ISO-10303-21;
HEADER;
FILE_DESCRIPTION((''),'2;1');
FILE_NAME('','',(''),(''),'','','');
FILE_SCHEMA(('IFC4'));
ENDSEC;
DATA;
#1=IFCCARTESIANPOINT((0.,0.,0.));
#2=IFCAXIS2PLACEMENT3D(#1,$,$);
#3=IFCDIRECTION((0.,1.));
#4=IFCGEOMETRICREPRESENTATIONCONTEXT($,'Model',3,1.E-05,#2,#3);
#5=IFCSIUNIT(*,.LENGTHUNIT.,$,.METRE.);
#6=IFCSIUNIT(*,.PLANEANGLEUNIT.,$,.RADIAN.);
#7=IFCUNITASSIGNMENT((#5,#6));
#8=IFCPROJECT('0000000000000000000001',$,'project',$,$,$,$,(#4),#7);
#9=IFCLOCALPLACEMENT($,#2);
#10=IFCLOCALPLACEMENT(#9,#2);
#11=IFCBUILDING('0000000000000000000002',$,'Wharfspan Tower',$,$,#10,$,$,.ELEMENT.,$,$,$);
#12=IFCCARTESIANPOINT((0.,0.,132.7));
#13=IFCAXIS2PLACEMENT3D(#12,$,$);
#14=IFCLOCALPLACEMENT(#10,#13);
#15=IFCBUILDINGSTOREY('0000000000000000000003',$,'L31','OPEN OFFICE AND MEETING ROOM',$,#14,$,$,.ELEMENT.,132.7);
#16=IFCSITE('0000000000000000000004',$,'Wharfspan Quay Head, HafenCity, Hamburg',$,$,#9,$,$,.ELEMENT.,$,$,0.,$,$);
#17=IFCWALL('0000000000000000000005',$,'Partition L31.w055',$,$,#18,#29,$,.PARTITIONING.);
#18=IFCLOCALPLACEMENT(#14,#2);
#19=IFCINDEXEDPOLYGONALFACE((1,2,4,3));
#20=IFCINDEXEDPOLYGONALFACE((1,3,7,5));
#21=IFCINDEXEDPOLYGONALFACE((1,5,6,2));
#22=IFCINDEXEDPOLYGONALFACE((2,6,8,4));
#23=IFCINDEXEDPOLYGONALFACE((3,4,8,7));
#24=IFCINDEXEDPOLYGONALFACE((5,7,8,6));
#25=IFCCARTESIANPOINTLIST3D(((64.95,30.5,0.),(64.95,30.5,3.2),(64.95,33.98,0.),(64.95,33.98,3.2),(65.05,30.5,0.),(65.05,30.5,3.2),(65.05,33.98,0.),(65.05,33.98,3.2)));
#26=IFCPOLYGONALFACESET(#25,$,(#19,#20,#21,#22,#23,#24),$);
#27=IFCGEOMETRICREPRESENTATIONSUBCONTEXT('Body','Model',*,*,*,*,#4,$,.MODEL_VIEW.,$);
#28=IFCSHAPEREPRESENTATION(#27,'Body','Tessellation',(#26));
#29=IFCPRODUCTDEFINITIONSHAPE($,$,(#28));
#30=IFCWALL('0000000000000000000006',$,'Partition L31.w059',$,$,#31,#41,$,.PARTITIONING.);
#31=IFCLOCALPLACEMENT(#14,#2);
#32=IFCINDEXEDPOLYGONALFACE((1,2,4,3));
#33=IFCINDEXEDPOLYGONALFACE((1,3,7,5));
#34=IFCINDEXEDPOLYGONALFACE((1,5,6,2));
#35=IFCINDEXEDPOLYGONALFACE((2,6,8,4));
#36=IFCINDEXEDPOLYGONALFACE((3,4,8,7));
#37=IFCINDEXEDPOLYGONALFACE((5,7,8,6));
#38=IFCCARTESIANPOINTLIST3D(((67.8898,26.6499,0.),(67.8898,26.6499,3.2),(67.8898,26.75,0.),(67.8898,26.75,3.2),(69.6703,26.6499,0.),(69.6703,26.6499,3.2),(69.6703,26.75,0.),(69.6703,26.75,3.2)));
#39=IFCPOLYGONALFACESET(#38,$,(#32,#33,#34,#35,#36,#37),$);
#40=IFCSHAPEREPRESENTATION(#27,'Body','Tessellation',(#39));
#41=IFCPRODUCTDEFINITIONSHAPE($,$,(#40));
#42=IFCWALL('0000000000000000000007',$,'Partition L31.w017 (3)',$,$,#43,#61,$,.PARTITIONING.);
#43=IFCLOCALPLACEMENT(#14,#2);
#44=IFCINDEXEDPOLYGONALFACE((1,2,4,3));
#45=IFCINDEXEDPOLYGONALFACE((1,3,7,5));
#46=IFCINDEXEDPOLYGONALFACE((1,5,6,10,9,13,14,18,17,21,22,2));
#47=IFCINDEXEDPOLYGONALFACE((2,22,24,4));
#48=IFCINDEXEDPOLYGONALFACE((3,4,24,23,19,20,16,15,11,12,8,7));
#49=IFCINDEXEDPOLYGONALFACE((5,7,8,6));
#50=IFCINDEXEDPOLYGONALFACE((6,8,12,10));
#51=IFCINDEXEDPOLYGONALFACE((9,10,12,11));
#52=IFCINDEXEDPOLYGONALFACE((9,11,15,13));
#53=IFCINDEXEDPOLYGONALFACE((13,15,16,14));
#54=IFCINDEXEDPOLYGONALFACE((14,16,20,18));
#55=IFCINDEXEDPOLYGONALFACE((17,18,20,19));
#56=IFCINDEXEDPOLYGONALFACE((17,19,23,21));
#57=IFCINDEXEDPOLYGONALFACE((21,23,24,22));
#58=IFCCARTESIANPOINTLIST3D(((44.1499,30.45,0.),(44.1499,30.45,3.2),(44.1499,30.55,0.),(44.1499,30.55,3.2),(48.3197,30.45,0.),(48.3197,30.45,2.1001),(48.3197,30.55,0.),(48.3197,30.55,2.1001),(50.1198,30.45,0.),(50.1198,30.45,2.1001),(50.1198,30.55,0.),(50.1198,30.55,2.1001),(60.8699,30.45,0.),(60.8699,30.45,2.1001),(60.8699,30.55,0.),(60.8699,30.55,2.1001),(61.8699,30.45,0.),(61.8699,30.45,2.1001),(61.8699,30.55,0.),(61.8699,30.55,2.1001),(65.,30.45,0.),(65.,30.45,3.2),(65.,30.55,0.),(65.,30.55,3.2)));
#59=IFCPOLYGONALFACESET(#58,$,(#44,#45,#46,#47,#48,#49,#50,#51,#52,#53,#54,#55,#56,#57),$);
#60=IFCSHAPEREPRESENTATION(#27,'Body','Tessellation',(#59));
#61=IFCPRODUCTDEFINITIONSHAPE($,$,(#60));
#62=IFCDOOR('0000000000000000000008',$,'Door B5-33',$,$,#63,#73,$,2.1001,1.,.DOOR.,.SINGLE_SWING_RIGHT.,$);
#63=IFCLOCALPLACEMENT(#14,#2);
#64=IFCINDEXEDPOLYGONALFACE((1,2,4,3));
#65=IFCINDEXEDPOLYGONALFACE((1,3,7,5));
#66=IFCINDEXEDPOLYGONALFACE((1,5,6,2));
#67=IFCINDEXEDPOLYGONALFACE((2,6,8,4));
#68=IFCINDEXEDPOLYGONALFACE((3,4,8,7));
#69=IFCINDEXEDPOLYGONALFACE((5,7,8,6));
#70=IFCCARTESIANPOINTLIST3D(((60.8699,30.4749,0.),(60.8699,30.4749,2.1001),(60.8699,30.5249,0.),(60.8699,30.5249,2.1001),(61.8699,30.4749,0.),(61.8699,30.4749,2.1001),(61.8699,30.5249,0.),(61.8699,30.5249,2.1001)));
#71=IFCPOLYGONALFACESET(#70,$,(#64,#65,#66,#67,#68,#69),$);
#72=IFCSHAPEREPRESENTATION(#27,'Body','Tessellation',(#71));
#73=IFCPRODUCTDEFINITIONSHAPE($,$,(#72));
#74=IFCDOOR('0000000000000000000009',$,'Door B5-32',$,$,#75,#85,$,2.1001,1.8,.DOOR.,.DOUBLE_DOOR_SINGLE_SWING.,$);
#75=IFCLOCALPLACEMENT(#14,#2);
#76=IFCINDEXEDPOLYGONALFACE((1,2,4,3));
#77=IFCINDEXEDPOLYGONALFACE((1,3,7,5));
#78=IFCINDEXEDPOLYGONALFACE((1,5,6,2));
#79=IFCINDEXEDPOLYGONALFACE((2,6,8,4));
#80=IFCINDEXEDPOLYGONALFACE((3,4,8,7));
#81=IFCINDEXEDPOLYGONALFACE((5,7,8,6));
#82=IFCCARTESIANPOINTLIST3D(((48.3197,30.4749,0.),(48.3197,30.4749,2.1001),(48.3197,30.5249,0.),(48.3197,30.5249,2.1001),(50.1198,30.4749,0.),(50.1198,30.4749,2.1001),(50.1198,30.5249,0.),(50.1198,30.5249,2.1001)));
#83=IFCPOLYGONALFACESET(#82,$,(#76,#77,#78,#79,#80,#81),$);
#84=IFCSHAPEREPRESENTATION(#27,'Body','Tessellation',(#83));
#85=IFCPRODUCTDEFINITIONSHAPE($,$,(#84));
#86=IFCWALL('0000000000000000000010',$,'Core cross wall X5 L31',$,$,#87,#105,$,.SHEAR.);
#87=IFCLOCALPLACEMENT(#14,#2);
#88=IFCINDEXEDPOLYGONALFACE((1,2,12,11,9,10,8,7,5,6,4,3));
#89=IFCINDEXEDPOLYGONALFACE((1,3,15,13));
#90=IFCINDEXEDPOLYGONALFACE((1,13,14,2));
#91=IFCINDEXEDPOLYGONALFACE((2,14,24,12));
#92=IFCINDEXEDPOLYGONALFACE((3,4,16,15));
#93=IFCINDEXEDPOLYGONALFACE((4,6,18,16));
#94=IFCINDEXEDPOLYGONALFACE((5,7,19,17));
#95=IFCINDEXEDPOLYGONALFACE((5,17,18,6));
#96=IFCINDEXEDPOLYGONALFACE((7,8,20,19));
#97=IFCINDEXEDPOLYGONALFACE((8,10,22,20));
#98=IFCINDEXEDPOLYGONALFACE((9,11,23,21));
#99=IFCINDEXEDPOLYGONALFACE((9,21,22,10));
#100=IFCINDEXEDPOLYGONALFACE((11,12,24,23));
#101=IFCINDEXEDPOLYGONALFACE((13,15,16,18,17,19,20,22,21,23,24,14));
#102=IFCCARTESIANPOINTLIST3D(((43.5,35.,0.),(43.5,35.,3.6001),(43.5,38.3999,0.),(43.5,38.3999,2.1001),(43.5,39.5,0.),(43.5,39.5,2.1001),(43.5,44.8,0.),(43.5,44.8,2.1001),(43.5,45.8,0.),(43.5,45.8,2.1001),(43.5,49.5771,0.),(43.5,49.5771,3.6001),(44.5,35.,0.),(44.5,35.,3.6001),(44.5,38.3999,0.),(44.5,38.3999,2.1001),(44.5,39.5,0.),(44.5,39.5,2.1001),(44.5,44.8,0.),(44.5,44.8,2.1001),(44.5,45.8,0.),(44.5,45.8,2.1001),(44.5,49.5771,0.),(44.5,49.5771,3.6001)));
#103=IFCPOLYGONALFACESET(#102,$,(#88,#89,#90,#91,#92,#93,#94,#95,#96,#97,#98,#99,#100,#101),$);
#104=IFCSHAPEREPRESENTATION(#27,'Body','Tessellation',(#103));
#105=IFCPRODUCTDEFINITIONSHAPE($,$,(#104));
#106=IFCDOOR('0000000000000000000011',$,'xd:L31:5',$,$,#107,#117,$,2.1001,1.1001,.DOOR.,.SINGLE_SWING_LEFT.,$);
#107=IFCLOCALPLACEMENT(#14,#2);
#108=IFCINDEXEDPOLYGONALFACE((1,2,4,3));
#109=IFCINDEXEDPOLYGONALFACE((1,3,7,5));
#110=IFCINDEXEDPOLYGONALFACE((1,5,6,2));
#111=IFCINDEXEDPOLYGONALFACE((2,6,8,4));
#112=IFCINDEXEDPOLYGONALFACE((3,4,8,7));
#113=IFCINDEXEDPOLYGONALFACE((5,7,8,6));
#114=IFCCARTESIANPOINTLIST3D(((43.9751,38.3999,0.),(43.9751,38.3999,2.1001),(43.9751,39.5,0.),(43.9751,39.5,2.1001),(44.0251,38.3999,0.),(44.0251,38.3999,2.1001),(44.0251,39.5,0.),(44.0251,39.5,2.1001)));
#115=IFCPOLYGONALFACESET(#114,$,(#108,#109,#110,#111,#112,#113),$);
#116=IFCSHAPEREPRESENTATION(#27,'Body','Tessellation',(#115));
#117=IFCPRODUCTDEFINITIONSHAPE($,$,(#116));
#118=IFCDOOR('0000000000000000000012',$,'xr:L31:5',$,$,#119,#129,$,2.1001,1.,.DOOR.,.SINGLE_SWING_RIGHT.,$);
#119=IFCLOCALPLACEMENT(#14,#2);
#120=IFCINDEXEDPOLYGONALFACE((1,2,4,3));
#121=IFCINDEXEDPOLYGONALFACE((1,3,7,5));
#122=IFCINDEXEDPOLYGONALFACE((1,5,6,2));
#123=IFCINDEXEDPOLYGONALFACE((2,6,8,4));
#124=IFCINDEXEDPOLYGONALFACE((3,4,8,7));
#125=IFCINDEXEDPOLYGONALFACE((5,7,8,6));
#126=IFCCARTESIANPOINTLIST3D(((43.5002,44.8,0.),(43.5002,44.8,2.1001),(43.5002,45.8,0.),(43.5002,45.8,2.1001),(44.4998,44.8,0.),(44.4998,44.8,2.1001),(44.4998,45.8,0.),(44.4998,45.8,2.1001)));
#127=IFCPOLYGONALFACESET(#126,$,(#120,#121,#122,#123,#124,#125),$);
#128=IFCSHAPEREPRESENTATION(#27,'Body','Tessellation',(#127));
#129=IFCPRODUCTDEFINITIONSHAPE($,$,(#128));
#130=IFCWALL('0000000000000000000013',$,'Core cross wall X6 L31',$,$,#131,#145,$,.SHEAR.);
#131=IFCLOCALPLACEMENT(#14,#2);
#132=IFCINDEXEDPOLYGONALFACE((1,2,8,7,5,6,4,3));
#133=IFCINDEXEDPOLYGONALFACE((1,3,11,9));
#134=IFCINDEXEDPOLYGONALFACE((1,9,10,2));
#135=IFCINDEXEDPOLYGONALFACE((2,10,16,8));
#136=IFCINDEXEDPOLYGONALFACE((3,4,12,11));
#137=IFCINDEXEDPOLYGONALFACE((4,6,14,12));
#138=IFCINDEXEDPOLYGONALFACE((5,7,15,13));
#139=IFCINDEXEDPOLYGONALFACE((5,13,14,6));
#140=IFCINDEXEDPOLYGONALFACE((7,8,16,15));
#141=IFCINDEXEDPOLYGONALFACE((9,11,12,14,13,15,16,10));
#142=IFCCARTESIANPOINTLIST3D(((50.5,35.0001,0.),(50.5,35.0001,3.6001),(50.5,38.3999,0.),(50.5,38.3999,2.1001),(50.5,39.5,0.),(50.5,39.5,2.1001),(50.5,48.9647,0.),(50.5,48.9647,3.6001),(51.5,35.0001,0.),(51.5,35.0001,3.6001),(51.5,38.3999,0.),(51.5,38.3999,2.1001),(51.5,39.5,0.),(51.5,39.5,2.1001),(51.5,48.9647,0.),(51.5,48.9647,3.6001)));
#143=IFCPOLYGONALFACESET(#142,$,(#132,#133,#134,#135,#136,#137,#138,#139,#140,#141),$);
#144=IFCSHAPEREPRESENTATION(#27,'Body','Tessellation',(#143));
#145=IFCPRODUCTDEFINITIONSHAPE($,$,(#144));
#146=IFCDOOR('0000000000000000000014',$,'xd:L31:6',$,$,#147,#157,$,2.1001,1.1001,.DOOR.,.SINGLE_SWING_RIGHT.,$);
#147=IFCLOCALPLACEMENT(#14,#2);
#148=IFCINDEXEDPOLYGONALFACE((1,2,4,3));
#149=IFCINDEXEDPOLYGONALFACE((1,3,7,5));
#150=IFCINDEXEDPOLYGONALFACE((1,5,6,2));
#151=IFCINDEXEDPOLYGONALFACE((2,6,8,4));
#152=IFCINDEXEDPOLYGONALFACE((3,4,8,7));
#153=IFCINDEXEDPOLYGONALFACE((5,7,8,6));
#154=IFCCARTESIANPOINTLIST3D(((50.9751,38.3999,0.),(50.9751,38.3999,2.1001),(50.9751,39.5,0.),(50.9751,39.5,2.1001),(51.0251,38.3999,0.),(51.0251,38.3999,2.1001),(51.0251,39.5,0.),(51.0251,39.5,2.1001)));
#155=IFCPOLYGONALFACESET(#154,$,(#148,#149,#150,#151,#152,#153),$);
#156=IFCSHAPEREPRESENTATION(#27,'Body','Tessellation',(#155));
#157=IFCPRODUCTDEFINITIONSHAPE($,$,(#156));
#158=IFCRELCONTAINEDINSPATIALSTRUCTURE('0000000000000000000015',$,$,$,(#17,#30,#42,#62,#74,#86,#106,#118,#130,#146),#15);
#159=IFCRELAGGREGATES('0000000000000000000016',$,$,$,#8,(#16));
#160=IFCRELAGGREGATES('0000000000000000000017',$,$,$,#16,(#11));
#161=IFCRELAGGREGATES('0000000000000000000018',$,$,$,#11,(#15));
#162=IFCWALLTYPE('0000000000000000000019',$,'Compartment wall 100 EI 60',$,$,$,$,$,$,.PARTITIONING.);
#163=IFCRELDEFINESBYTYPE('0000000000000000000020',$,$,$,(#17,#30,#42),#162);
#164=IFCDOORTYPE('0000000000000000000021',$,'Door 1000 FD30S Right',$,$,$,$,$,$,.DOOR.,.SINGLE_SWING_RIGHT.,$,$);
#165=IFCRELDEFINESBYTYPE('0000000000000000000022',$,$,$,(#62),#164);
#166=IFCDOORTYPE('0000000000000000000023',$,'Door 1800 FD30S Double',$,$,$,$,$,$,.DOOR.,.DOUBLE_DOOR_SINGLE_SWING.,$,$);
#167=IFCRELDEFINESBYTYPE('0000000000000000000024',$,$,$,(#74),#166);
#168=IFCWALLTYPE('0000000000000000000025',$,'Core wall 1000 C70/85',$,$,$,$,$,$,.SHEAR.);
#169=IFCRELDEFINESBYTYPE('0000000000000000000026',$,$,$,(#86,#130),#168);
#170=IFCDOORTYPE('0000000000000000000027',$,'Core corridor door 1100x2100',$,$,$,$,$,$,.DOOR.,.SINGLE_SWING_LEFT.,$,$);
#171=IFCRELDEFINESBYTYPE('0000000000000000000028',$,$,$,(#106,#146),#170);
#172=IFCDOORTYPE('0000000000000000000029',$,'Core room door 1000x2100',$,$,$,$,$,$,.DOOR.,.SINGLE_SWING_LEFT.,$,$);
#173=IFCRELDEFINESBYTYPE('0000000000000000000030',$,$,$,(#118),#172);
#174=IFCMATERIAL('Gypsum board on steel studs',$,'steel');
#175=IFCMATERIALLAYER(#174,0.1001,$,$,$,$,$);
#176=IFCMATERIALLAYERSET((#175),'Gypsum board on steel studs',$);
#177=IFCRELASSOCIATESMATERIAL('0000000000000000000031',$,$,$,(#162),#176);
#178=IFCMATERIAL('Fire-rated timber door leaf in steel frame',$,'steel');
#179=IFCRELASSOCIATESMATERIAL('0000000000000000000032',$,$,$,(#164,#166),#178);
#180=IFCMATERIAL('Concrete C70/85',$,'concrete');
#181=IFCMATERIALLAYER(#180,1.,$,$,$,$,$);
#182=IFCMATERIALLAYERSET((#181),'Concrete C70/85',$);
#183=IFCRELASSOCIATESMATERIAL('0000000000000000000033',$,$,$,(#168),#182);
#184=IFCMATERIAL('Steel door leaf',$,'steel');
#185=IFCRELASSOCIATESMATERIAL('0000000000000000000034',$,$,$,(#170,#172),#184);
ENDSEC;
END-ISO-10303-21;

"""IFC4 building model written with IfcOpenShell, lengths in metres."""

from ifc_helpers import new_model, si_unit, direction, frame, frame_2d, origin, place, context, subcontext, project, spatial, rectangle, extrude, material, layer, layer_set, type_object, element, fill, save


model = new_model("IFC4")

# Units and contexts
model_context = context("Model", 3, precision=1e-05, world=origin(), true_north=direction((0.0, 1.0)))
body_context = subcontext(model_context, "Body", "Model", "MODEL_VIEW")
ifc_project = project(units=[si_unit("LENGTHUNIT", "METRE"), si_unit("PLANEANGLEUNIT", "RADIAN")], contexts=[model_context])

# Site, building, storey
site_placement = place(None, origin())
site = spatial("IfcSite", under=ifc_project, at=site_placement, Name="Wharfspan Quay Head, HafenCity, Hamburg", CompositionType="ELEMENT", RefElevation=0.0)
building_placement = place(site_placement, origin())
building = spatial("IfcBuilding", under=site, at=building_placement, Name="Wharfspan Tower", CompositionType="ELEMENT")
storey_placement = place(building_placement, frame((0.0, 0.0, 132.7)))
storey = spatial("IfcBuildingStorey", under=building, at=storey_placement, Name="L31", Description="OPEN OFFICE AND MEETING ROOM", CompositionType="ELEMENT", Elevation=132.7)

# Walls
ifc_material_1 = material(Name="Gypsum board on steel studs", Category="steel")
ifc_layer_1 = layer(ifc_material_1, 0.1001)
ifc_layer_set_1 = layer_set([ifc_layer_1], Name="Gypsum board on steel studs")
wall_type_1 = type_object("IfcWallType", Name="Compartment wall 100 EI 60", PredefinedType="PARTITIONING", material=ifc_layer_set_1)
wall_1_placement = place(storey_placement, frame((65.0, 30.5, 0.0), z_axis=(0.0, 0.0, 1.0), x_axis=(0.0, 1.0, 0.0)))
element("IfcWall", 1, at=wall_1_placement, inside=storey, type_object=wall_type_1, Name="Partition L31.w055", PredefinedType="PARTITIONING", context=body_context, shape_type="SweptSolid", body=[
    extrude(rectangle(XDim=3.48, YDim=0.1001, at=frame_2d((1.74, 0.0))), origin(), (0.0, 0.0, 1.0), 3.2),
])
wall_2_placement = place(storey_placement, frame((67.8899, 26.7, 0.0), z_axis=(0.0, 0.0, 1.0), x_axis=(1.0, 0.0, 0.0)))
element("IfcWall", 2, at=wall_2_placement, inside=storey, type_object=wall_type_1, Name="Partition L31.w059", PredefinedType="PARTITIONING", context=body_context, shape_type="SweptSolid", body=[
    extrude(rectangle(XDim=1.7805, YDim=0.1001, at=frame_2d((0.8901, 0.0))), origin(), (0.0, 0.0, 1.0), 3.2),
])

# Walls, openings, doors
wall_3_placement = place(storey_placement, frame((44.1499, 30.5, 0.0), z_axis=(0.0, 0.0, 1.0), x_axis=(1.0, 0.0, 0.0)))
wall_3 = element("IfcWall", 3, at=wall_3_placement, inside=storey, type_object=wall_type_1, Name="Partition L31.w017 (3)", PredefinedType="PARTITIONING", context=body_context, shape_type="SweptSolid", body=[
    extrude(rectangle(XDim=20.8501, YDim=0.1001, at=frame_2d((10.425, 0.0))), origin(), (0.0, 0.0, 1.0), 3.2),
])
opening_1_placement = place(wall_3_placement, frame((4.1699, 0.0, 0.0)))
opening_1 = element("IfcOpeningElement", 4, at=opening_1_placement, cuts=wall_3, PredefinedType="OPENING", context=body_context, shape_type="SweptSolid", body=[
    extrude(rectangle(XDim=1.8, YDim=2.1001, at=frame_2d((0.8999, 1.05))), frame((0.0, 0.0601, 0.0), z_axis=(0.0, -1.0, 0.0), x_axis=(1.0, 0.0, 0.0)), (0.0, 0.0, 1.0), 0.1201),
])
opening_2_placement = place(wall_3_placement, frame((16.72, 0.0, 0.0)))
opening_2 = element("IfcOpeningElement", 5, at=opening_2_placement, cuts=wall_3, PredefinedType="OPENING", context=body_context, shape_type="SweptSolid", body=[
    extrude(rectangle(XDim=1.0, YDim=2.1001, at=frame_2d((0.5, 1.05))), frame((0.0, 0.0601, 0.0), z_axis=(0.0, -1.0, 0.0), x_axis=(1.0, 0.0, 0.0)), (0.0, 0.0, 1.0), 0.1201),
])
ifc_material_2 = material(Name="Fire-rated timber door leaf in steel frame", Category="steel")
door_type_1 = type_object("IfcDoorType", Name="Door 1000 FD30S Right", OperationType="SINGLE_SWING_RIGHT", PredefinedType="DOOR", material=ifc_material_2)
door_1_placement = place(opening_2_placement, origin())
door_1 = element("IfcDoor", 6, at=door_1_placement, inside=storey, type_object=door_type_1, Name="Door B5-33", OperationType="SINGLE_SWING_RIGHT", OverallHeight=2.1001, OverallWidth=1.0, PredefinedType="DOOR", context=body_context, shape_type="SweptSolid", body=[
    extrude(rectangle(XDim=1.0, YDim=2.1001, at=frame_2d((0.5, 1.05))), frame((0.0, 0.0249, 0.0), z_axis=(0.0, -1.0, 0.0), x_axis=(1.0, 0.0, 0.0)), (0.0, 0.0, 1.0), 0.05),
])
fill(opening_2, door_1)
door_type_2 = type_object("IfcDoorType", Name="Door 1800 FD30S Double", OperationType="DOUBLE_DOOR_SINGLE_SWING", PredefinedType="DOOR", material=ifc_material_2)
door_2_placement = place(opening_1_placement, origin())
door_2 = element("IfcDoor", 7, at=door_2_placement, inside=storey, type_object=door_type_2, Name="Door B5-32", OperationType="DOUBLE_DOOR_SINGLE_SWING", OverallHeight=2.1001, OverallWidth=1.8, PredefinedType="DOOR", context=body_context, shape_type="SweptSolid", body=[
    extrude(rectangle(XDim=1.8, YDim=2.1001, at=frame_2d((0.8999, 1.05))), frame((0.0, 0.0249, 0.0), z_axis=(0.0, -1.0, 0.0), x_axis=(1.0, 0.0, 0.0)), (0.0, 0.0, 1.0), 0.05),
])
fill(opening_1, door_2)
ifc_material_3 = material(Name="Concrete C70/85", Category="concrete")
ifc_layer_2 = layer(ifc_material_3, 1.0)
ifc_layer_set_2 = layer_set([ifc_layer_2], Name="Concrete C70/85")
wall_type_2 = type_object("IfcWallType", Name="Core wall 1000 C70/85", PredefinedType="SHEAR", material=ifc_layer_set_2)
wall_4_placement = place(storey_placement, frame((44.0, 35.0, 0.0), z_axis=(0.0, 0.0, 1.0), x_axis=(0.0, 1.0, 0.0)))
wall_4 = element("IfcWall", 8, at=wall_4_placement, inside=storey, type_object=wall_type_2, Name="Core cross wall X5 L31", PredefinedType="SHEAR", context=body_context, shape_type="SweptSolid", body=[
    extrude(rectangle(XDim=14.5771, YDim=1.0, at=frame_2d((7.2886, 0.0))), origin(), (0.0, 0.0, 1.0), 3.6001),
])
opening_3_placement = place(wall_4_placement, frame((3.3999, 0.0, 0.0)))
opening_3 = element("IfcOpeningElement", 9, at=opening_3_placement, cuts=wall_4, PredefinedType="OPENING", context=body_context, shape_type="SweptSolid", body=[
    extrude(rectangle(XDim=1.1001, YDim=2.1001, at=frame_2d((0.55, 1.05))), frame((0.0, 0.51, 0.0), z_axis=(0.0, -1.0, 0.0), x_axis=(1.0, 0.0, 0.0)), (0.0, 0.0, 1.0), 1.02),
])
opening_4_placement = place(wall_4_placement, frame((9.8, 0.0, 0.0)))
opening_4 = element("IfcOpeningElement", 10, at=opening_4_placement, cuts=wall_4, PredefinedType="OPENING", context=body_context, shape_type="SweptSolid", body=[
    extrude(rectangle(XDim=1.0, YDim=2.1001, at=frame_2d((0.5, 1.05))), frame((0.0, 0.51, 0.0), z_axis=(0.0, -1.0, 0.0), x_axis=(1.0, 0.0, 0.0)), (0.0, 0.0, 1.0), 1.02),
])
ifc_material_4 = material(Name="Steel door leaf", Category="steel")
door_type_3 = type_object("IfcDoorType", Name="Core corridor door 1100x2100", OperationType="SINGLE_SWING_LEFT", PredefinedType="DOOR", material=ifc_material_4)
door_3_placement = place(opening_3_placement, origin())
door_3 = element("IfcDoor", 11, at=door_3_placement, inside=storey, type_object=door_type_3, Name="xd:L31:5", OperationType="SINGLE_SWING_LEFT", OverallHeight=2.1001, OverallWidth=1.1001, PredefinedType="DOOR", context=body_context, shape_type="SweptSolid", body=[
    extrude(rectangle(XDim=1.1001, YDim=2.1001, at=frame_2d((0.55, 1.05))), frame((0.0, 0.0249, 0.0), z_axis=(0.0, -1.0, 0.0), x_axis=(1.0, 0.0, 0.0)), (0.0, 0.0, 1.0), 0.05),
])
fill(opening_3, door_3)
door_type_4 = type_object("IfcDoorType", Name="Core room door 1000x2100", OperationType="SINGLE_SWING_LEFT", PredefinedType="DOOR", material=ifc_material_4)
door_4_placement = place(opening_4_placement, origin())
door_4 = element("IfcDoor", 12, at=door_4_placement, inside=storey, type_object=door_type_4, Name="xr:L31:5", OperationType="SINGLE_SWING_RIGHT", OverallHeight=2.1001, OverallWidth=1.0, PredefinedType="DOOR", context=body_context, shape_type="SweptSolid", body=[
    extrude(rectangle(XDim=1.0, YDim=2.1001, at=frame_2d((0.5, 1.05))), frame((0.0, 0.4998, 0.0), z_axis=(0.0, -1.0, 0.0), x_axis=(1.0, 0.0, 0.0)), (0.0, 0.0, 1.0), 0.9995),
])
fill(opening_4, door_4)

# Wall, opening, door
wall_5_placement = place(storey_placement, frame((51.0, 35.0, 0.0), z_axis=(0.0, 0.0, 1.0), x_axis=(0.0, 1.0, 0.0)))
wall_5 = element("IfcWall", 13, at=wall_5_placement, inside=storey, type_object=wall_type_2, Name="Core cross wall X6 L31", PredefinedType="SHEAR", context=body_context, shape_type="SweptSolid", body=[
    extrude(rectangle(XDim=13.9646, YDim=1.0, at=frame_2d((6.9824, 0.0))), origin(), (0.0, 0.0, 1.0), 3.6001),
])
opening_5_placement = place(wall_5_placement, frame((3.3999, 0.0, 0.0)))
opening_5 = element("IfcOpeningElement", 14, at=opening_5_placement, cuts=wall_5, PredefinedType="OPENING", context=body_context, shape_type="SweptSolid", body=[
    extrude(rectangle(XDim=1.1001, YDim=2.1001, at=frame_2d((0.55, 1.05))), frame((0.0, 0.51, 0.0), z_axis=(0.0, -1.0, 0.0), x_axis=(1.0, 0.0, 0.0)), (0.0, 0.0, 1.0), 1.02),
])
door_5_placement = place(opening_5_placement, origin())
door_5 = element("IfcDoor", 15, at=door_5_placement, inside=storey, type_object=door_type_3, Name="xd:L31:6", OperationType="SINGLE_SWING_RIGHT", OverallHeight=2.1001, OverallWidth=1.1001, PredefinedType="DOOR", context=body_context, shape_type="SweptSolid", body=[
    extrude(rectangle(XDim=1.1001, YDim=2.1001, at=frame_2d((0.55, 1.05))), frame((0.0, 0.0249, 0.0), z_axis=(0.0, -1.0, 0.0), x_axis=(1.0, 0.0, 0.0)), (0.0, 0.0, 1.0), 0.05),
])
fill(opening_5, door_5)

save(model, "model.ifc")
